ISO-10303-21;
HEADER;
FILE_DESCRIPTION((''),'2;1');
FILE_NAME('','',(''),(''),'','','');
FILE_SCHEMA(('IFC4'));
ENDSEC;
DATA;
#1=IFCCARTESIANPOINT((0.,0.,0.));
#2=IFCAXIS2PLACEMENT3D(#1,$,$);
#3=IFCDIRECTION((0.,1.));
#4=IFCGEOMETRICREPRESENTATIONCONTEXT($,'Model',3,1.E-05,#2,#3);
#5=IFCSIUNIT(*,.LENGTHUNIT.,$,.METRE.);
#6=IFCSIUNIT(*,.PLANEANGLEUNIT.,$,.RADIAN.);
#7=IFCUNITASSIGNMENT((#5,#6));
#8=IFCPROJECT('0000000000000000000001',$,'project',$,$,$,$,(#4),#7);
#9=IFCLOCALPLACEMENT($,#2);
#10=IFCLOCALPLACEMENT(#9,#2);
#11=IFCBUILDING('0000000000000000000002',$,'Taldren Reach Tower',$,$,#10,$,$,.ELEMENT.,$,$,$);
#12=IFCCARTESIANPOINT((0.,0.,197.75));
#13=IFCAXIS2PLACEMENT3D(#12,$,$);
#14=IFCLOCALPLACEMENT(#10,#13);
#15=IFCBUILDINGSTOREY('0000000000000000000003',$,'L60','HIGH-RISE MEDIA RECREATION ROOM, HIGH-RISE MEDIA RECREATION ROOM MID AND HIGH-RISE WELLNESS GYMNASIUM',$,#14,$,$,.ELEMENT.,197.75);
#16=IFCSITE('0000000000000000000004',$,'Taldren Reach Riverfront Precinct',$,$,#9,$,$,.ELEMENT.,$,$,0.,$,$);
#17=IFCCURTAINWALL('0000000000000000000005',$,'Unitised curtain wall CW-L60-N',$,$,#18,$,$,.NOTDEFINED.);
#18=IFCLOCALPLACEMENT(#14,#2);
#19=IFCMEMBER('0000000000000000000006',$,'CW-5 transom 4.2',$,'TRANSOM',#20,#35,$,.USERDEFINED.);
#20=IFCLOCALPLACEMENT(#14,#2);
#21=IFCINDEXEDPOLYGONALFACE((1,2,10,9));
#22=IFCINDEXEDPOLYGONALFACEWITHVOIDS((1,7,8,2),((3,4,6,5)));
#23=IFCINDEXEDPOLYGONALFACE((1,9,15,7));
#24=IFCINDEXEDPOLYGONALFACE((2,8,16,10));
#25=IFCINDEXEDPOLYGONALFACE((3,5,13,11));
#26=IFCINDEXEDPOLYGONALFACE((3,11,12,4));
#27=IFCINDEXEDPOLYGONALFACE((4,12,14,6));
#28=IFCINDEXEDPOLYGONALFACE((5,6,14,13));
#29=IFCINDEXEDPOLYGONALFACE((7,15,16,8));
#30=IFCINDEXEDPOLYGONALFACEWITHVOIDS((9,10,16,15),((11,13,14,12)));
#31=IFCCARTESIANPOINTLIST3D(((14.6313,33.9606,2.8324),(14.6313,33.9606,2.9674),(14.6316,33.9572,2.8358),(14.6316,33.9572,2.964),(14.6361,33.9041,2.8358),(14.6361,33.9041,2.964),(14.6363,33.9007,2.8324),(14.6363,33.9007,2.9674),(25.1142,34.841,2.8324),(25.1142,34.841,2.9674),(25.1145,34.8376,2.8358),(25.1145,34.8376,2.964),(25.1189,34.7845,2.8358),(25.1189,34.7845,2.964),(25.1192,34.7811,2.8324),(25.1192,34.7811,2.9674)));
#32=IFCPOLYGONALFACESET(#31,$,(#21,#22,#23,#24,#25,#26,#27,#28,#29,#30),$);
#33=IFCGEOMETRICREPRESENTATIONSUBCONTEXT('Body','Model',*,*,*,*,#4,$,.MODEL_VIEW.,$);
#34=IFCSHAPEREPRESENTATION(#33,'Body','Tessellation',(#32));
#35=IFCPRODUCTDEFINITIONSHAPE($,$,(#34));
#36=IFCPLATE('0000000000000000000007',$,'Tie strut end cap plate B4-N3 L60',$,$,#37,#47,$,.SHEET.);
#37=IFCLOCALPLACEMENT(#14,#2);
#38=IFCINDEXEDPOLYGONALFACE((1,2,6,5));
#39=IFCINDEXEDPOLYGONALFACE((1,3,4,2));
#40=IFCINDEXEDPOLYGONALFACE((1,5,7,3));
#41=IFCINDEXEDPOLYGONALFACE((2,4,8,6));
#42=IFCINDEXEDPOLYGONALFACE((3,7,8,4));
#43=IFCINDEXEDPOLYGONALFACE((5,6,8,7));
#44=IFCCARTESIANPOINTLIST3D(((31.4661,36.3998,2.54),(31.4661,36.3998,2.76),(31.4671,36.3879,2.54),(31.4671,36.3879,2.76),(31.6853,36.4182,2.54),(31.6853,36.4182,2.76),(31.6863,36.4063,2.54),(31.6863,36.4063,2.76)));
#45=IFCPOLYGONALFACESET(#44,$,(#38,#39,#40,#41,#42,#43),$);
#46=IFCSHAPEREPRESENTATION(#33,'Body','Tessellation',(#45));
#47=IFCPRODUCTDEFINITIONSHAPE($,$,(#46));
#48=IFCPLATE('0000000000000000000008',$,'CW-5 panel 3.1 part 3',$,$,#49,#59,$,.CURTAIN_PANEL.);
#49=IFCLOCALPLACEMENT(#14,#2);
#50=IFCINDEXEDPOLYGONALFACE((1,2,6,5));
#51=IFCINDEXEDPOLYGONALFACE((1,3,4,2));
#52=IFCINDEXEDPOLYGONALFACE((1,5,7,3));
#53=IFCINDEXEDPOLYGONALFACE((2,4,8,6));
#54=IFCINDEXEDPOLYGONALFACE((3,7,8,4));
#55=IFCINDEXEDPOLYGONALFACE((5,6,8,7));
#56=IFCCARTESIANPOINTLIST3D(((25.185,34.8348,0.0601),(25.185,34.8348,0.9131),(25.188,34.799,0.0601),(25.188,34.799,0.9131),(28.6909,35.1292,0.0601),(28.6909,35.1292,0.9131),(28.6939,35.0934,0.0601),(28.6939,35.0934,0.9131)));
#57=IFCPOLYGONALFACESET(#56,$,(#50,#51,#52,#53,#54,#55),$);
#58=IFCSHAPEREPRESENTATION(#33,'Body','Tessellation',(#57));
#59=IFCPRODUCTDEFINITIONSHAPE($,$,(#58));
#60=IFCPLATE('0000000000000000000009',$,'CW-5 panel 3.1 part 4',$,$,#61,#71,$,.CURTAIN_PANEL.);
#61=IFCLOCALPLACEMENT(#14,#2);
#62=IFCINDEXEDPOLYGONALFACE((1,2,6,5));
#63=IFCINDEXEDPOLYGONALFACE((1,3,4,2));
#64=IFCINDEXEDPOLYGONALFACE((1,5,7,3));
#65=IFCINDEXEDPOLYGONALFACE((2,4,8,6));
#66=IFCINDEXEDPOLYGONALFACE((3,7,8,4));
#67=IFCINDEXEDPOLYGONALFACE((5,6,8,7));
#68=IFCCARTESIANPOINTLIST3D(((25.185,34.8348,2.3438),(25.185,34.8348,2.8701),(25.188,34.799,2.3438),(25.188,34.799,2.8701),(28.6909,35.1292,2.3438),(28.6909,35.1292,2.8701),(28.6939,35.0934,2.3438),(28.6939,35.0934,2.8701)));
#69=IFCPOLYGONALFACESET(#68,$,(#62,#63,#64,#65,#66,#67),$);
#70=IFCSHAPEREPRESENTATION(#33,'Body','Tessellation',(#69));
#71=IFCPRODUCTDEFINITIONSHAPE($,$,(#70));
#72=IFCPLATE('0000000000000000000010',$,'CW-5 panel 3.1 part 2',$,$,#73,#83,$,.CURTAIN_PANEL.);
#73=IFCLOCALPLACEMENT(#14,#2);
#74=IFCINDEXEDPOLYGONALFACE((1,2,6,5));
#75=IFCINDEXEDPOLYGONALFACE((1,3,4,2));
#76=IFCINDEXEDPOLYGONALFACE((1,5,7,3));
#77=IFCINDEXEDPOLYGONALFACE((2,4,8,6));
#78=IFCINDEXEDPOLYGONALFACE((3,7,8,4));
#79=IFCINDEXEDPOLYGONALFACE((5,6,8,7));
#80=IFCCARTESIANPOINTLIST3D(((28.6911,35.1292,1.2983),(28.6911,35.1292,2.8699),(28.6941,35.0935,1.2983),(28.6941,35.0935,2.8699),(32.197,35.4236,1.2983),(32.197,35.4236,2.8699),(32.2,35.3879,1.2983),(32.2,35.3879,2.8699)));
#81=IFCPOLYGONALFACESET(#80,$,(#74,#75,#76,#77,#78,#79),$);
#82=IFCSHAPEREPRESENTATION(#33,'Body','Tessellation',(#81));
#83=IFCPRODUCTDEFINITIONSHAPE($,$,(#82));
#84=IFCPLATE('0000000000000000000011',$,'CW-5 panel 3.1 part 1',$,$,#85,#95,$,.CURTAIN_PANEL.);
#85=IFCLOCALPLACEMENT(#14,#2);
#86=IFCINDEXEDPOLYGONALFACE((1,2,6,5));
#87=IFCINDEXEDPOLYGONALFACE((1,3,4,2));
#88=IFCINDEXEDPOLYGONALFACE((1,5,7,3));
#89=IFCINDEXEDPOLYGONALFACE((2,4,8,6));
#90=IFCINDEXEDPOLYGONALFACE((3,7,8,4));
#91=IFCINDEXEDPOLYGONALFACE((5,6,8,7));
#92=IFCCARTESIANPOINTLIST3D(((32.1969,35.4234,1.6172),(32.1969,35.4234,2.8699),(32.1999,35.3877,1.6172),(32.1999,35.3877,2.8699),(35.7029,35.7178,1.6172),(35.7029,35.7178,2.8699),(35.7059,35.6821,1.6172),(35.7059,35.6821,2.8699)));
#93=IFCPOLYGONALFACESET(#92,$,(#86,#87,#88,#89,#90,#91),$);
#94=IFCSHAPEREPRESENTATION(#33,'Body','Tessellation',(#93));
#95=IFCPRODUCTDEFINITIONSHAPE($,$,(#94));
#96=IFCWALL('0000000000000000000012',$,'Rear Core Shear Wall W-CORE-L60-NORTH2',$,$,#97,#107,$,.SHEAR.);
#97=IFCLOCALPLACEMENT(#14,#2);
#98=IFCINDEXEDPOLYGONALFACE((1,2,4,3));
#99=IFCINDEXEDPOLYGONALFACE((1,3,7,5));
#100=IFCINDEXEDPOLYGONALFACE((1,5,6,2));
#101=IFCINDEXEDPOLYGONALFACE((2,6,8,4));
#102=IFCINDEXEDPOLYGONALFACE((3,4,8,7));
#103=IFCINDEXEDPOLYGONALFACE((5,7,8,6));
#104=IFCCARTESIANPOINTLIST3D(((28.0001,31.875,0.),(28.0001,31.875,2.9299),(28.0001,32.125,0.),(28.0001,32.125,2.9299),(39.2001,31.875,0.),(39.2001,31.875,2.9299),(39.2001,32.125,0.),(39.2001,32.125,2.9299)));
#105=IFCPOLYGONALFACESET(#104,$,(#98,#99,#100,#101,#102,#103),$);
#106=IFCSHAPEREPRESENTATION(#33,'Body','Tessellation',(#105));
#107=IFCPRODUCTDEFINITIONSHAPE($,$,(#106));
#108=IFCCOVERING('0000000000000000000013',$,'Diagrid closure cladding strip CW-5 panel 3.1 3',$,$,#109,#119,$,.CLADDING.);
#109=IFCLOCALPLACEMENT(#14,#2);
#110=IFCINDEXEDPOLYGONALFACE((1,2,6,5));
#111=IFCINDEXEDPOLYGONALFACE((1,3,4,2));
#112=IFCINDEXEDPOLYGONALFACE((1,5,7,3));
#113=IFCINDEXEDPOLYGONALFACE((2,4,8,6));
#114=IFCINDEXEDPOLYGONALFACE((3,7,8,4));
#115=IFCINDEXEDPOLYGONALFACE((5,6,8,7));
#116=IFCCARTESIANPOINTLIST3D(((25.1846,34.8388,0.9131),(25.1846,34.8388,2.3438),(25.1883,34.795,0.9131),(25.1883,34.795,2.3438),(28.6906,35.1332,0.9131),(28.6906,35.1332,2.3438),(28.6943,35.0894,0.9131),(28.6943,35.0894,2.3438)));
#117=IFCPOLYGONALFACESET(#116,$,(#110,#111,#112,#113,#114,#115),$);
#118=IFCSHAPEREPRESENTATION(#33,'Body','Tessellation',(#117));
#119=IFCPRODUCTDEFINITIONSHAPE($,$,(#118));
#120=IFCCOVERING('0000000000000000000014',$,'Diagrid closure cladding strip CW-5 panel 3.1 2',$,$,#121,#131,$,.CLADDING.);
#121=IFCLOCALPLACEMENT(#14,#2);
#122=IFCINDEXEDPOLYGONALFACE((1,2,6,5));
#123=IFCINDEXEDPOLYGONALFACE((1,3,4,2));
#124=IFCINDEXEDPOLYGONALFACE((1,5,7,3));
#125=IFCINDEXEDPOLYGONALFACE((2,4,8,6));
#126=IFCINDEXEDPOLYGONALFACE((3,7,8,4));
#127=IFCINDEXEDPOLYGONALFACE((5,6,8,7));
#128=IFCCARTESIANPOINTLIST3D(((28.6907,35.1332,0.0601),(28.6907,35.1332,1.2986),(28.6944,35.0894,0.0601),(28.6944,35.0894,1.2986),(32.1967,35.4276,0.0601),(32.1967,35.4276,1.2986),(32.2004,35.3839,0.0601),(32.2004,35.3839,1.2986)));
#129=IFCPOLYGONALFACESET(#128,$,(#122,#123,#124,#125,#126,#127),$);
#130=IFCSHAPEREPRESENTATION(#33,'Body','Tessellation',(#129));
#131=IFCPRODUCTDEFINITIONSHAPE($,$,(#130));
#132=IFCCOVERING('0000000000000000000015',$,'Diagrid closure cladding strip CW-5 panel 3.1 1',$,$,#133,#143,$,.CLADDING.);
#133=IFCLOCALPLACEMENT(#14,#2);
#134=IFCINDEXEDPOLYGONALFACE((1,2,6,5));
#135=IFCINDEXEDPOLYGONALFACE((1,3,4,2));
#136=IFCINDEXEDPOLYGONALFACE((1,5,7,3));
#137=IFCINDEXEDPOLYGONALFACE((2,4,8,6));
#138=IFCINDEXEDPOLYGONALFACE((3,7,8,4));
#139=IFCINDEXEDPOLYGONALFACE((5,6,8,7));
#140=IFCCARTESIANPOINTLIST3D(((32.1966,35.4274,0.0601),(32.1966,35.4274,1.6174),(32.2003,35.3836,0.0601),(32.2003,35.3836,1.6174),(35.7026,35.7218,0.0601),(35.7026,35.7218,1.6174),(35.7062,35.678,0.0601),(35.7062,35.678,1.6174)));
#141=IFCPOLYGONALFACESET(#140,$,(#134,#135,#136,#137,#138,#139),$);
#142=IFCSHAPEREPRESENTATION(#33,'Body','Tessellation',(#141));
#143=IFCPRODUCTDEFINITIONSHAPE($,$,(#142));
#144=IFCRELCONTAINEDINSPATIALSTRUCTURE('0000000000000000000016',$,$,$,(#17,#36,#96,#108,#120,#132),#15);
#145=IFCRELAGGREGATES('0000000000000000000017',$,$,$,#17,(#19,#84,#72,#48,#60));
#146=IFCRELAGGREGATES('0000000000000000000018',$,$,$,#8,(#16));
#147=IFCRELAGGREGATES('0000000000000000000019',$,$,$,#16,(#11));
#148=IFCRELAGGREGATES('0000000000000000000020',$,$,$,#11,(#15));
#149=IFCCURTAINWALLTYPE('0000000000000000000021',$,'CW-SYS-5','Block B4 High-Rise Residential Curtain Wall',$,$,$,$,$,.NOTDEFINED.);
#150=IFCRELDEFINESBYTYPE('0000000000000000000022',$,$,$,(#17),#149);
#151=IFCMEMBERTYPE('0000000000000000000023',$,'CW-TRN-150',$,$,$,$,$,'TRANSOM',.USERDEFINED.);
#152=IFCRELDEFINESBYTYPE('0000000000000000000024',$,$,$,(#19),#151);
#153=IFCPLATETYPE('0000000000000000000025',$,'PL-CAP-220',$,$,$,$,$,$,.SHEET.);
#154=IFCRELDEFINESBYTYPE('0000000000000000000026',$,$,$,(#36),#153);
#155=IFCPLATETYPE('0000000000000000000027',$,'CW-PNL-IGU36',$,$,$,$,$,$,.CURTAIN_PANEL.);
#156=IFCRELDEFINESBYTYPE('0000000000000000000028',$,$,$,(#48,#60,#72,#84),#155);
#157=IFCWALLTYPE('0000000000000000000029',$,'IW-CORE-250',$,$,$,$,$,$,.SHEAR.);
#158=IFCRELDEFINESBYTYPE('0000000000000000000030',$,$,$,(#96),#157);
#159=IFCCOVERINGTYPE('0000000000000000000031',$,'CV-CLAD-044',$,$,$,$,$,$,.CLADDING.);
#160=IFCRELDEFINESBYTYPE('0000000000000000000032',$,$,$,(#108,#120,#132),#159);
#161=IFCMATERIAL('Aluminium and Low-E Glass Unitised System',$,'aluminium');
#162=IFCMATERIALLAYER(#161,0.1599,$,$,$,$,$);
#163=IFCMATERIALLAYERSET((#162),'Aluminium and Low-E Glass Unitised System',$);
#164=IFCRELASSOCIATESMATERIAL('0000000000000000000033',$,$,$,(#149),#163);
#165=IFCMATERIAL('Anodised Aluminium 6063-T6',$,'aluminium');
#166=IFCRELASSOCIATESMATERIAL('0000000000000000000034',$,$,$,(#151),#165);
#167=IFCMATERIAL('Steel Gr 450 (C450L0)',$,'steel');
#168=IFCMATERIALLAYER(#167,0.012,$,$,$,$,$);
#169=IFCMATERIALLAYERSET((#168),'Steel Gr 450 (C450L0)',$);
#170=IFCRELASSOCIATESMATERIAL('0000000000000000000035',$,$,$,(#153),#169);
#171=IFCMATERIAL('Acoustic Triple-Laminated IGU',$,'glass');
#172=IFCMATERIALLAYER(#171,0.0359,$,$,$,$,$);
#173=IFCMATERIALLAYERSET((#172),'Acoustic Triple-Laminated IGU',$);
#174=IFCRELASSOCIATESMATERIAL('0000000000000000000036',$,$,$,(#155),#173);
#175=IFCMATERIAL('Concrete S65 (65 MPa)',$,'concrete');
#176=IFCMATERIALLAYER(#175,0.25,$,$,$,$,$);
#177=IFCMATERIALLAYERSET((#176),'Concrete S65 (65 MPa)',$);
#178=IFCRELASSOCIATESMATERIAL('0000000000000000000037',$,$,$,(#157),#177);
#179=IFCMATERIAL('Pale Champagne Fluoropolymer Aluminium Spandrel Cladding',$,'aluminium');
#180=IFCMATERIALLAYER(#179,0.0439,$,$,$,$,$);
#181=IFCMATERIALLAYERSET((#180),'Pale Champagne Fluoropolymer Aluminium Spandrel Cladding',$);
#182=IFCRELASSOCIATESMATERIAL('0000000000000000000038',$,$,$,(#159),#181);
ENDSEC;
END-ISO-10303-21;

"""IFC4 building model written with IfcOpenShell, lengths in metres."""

from ifc_helpers import new_model, si_unit, direction, frame, frame_2d, origin, origin_2d, place, context, subcontext, project, spatial, rectangle, hollow_rectangle, extrude, source, transform, mapped, material, layer, layer_set, material_profile, profile_set, type_object, element, aggregate, save


model = new_model("IFC4")

# Units and contexts
model_context = context("Model", 3, precision=1e-05, world=origin(), true_north=direction((0.0, 1.0)))
body_context = subcontext(model_context, "Body", "Model", "MODEL_VIEW")
ifc_project = project(units=[si_unit("LENGTHUNIT", "METRE"), si_unit("PLANEANGLEUNIT", "RADIAN")], contexts=[model_context])

# Site, building, storey
site_placement = place(None, origin())
site = spatial("IfcSite", under=ifc_project, at=site_placement, Name="Taldren Reach Riverfront Precinct", CompositionType="ELEMENT", RefElevation=0.0)
building_placement = place(site_placement, origin())
building = spatial("IfcBuilding", under=site, at=building_placement, Name="Taldren Reach Tower", CompositionType="ELEMENT")
storey_placement = place(building_placement, frame((0.0, 0.0, 197.75)))
storey = spatial("IfcBuildingStorey", under=building, at=storey_placement, Name="L60", Description="HIGH-RISE MEDIA RECREATION ROOM, HIGH-RISE MEDIA RECREATION ROOM MID AND HIGH-RISE WELLNESS GYMNASIUM", CompositionType="ELEMENT", Elevation=197.75)

# Shared definitions
ifc_material_1 = material(Name="Steel Gr 450 (C450L0)", Category="steel")

# Curtain wall, member
ifc_material_2 = material(Name="Aluminium and Low-E Glass Unitised System", Category="aluminium")
ifc_layer_1 = layer(ifc_material_2, 0.1599)
ifc_layer_set_1 = layer_set([ifc_layer_1], Name="Aluminium and Low-E Glass Unitised System")
curtain_wall_type = type_object("IfcCurtainWallType", Name="CW-SYS-5", Description="Block B4 High-Rise Residential Curtain Wall", PredefinedType="NOTDEFINED", material=ifc_layer_set_1)
curtain_wall_placement = place(storey_placement, origin())
curtain_wall = element("IfcCurtainWall", 1, at=curtain_wall_placement, inside=storey, type_object=curtain_wall_type, Name="Unitised curtain wall CW-L60-N", PredefinedType="NOTDEFINED")
ifc_material_3 = material(Name="Anodised Aluminium 6063-T6", Category="aluminium")
ifc_material_profile_1 = material_profile(ifc_material_3, hollow_rectangle(XDim=0.0601, YDim=0.135, WallThickness=0.0034, at=origin_2d()), Name="ALU-135x60x3.5RHS")
ifc_profile_set_1 = profile_set([ifc_material_profile_1], Name="Anodised Aluminium 6063-T6")
member_type_1 = type_object("IfcMemberType", Name="CW-TRN-150", ElementType="TRANSOM", PredefinedType="USERDEFINED", material=ifc_profile_set_1)
shared_shape_1 = source(origin(), body_context, "Body", "SweptSolid", [
    extrude(hollow_rectangle(XDim=0.0601, YDim=0.135, WallThickness=0.0034, at=origin_2d()), origin(), (0.0, 0.0, 1.0), 10.5198),
])
member_1_placement = place(storey_placement, frame((25.1167, 34.811, 2.8999), z_axis=(-0.996492, -0.083687, 0.0), x_axis=(0.083687, -0.996492, 0.0)))
member_1 = element("IfcMember", 2, at=member_1_placement, type_object=member_type_1, Name="CW-5 transom 4.2", ObjectType="TRANSOM", PredefinedType="USERDEFINED", context=body_context, shape_type="MappedRepresentation", body=[
    mapped(shared_shape_1, transform((0.0, 0.0, 0.0), scale=1.0)),
])

# Plates
ifc_layer_2 = layer(ifc_material_1, 0.012)
ifc_layer_set_2 = layer_set([ifc_layer_2], Name="Steel Gr 450 (C450L0)")
plate_type_1 = type_object("IfcPlateType", Name="PL-CAP-220", PredefinedType="SHEET", material=ifc_layer_set_2)
shared_shape_2 = source(origin(), body_context, "Body", "SweptSolid", [
    extrude(rectangle(XDim=0.22, YDim=0.012, at=origin_2d()), origin(), (0.0, 0.0, 1.0), 0.22),
])
plate_1_placement = place(storey_placement, frame((31.5762, 36.4031, 2.54), z_axis=(0.0, 0.0, 1.0), x_axis=(0.996493, 0.083678, 0.0)))
element("IfcPlate", 3, at=plate_1_placement, inside=storey, type_object=plate_type_1, Name="Tie strut end cap plate B4-N3 L60", PredefinedType="SHEET", context=body_context, shape_type="MappedRepresentation", body=[
    mapped(shared_shape_2, transform((0.0, 0.0, 0.0), scale=1.0)),
])
ifc_material_4 = material(Name="Acoustic Triple-Laminated IGU", Category="glass")
ifc_layer_3 = layer(ifc_material_4, 0.0359)
ifc_layer_set_3 = layer_set([ifc_layer_3], Name="Acoustic Triple-Laminated IGU")
plate_type_2 = type_object("IfcPlateType", Name="CW-PNL-IGU36", PredefinedType="CURTAIN_PANEL", material=ifc_layer_set_3)
shared_shape_3 = source(origin(), body_context, "Body", "SweptSolid", [
    extrude(rectangle(XDim=3.5183, YDim=0.0359, at=origin_2d()), origin(), (0.0, 0.0, 1.0), 0.853),
])
plate_2_placement = place(storey_placement, frame((26.9395, 34.9641, 0.0601), z_axis=(0.0, 0.0, 1.0), x_axis=(-0.996493, -0.083678, 0.0)))
plate_2 = element("IfcPlate", 4, at=plate_2_placement, type_object=plate_type_2, Name="CW-5 panel 3.1 part 3", PredefinedType="CURTAIN_PANEL", context=body_context, shape_type="MappedRepresentation", body=[
    mapped(shared_shape_3, transform((0.0, 0.0, 0.0), scale=1.0)),
])
shared_shape_4 = source(origin(), body_context, "Body", "SweptSolid", [
    extrude(rectangle(XDim=3.5183, YDim=0.0359, at=origin_2d()), origin(), (0.0, 0.0, 1.0), 0.5264),
])
plate_3_placement = place(storey_placement, frame((26.9395, 34.9641, 2.3438), z_axis=(0.0, 0.0, 1.0), x_axis=(-0.996493, -0.083678, 0.0)))
plate_3 = element("IfcPlate", 5, at=plate_3_placement, type_object=plate_type_2, Name="CW-5 panel 3.1 part 4", PredefinedType="CURTAIN_PANEL", context=body_context, shape_type="MappedRepresentation", body=[
    mapped(shared_shape_4, transform((0.0, 0.0, 0.0), scale=1.0)),
])
shared_shape_5 = source(origin(), body_context, "Body", "SweptSolid", [
    extrude(rectangle(XDim=3.5183, YDim=0.0359, at=origin_2d()), origin(), (0.0, 0.0, 1.0), 1.5715),
])
plate_4_placement = place(storey_placement, frame((30.4456, 35.2585, 1.2983), z_axis=(0.0, 0.0, 1.0), x_axis=(-0.996493, -0.083678, 0.0)))
plate_4 = element("IfcPlate", 6, at=plate_4_placement, type_object=plate_type_2, Name="CW-5 panel 3.1 part 2", PredefinedType="CURTAIN_PANEL", context=body_context, shape_type="MappedRepresentation", body=[
    mapped(shared_shape_5, transform((0.0, 0.0, 0.0), scale=1.0)),
])
shared_shape_6 = source(origin(), body_context, "Body", "SweptSolid", [
    extrude(rectangle(XDim=3.5183, YDim=0.0359, at=origin_2d()), origin(), (0.0, 0.0, 1.0), 1.2527),
])
plate_5_placement = place(storey_placement, frame((33.9514, 35.5527, 1.6172), z_axis=(0.0, 0.0, 1.0), x_axis=(-0.996493, -0.083678, 0.0)))
plate_5 = element("IfcPlate", 7, at=plate_5_placement, type_object=plate_type_2, Name="CW-5 panel 3.1 part 1", PredefinedType="CURTAIN_PANEL", context=body_context, shape_type="MappedRepresentation", body=[
    mapped(shared_shape_6, transform((0.0, 0.0, 0.0), scale=1.0)),
])
aggregate(curtain_wall, [member_1, plate_5, plate_4, plate_2, plate_3])

# Wall
ifc_material_5 = material(Name="Concrete S65 (65 MPa)", Category="concrete")
ifc_layer_4 = layer(ifc_material_5, 0.25)
ifc_layer_set_4 = layer_set([ifc_layer_4], Name="Concrete S65 (65 MPa)")
wall_type = type_object("IfcWallType", Name="IW-CORE-250", PredefinedType="SHEAR", material=ifc_layer_set_4)
shared_shape_7 = source(origin(), body_context, "Body", "SweptSolid", [
    extrude(rectangle(XDim=11.2, YDim=0.25, at=frame_2d((5.6001, 0.0))), origin(), (0.0, 0.0, 1.0), 2.9299),
])
wall_placement = place(storey_placement, frame((28.0, 32.0, 0.0), z_axis=(0.0, 0.0, 1.0), x_axis=(1.0, 0.0, 0.0)))
element("IfcWall", 8, at=wall_placement, inside=storey, type_object=wall_type, Name="Rear Core Shear Wall W-CORE-L60-NORTH2", PredefinedType="SHEAR", context=body_context, shape_type="MappedRepresentation", body=[
    mapped(shared_shape_7, transform((0.0, 0.0, 0.0), scale=1.0)),
])

# Coverings
ifc_material_6 = material(Name="Pale Champagne Fluoropolymer Aluminium Spandrel Cladding", Category="aluminium")
ifc_layer_5 = layer(ifc_material_6, 0.0439)
ifc_layer_set_5 = layer_set([ifc_layer_5], Name="Pale Champagne Fluoropolymer Aluminium Spandrel Cladding")
covering_type = type_object("IfcCoveringType", Name="CV-CLAD-044", PredefinedType="CLADDING", material=ifc_layer_set_5)
shared_shape_8 = source(origin(), body_context, "Body", "SweptSolid", [
    extrude(rectangle(XDim=3.5183, YDim=0.0439, at=origin_2d()), origin(), (0.0, 0.0, 1.0), 1.4307),
])
covering_1_placement = place(storey_placement, frame((26.9395, 34.9641, 0.9131), z_axis=(0.0, 0.0, 1.0), x_axis=(-0.996493, -0.083678, 0.0)))
element("IfcCovering", 9, at=covering_1_placement, inside=storey, type_object=covering_type, Name="Diagrid closure cladding strip CW-5 panel 3.1 3", PredefinedType="CLADDING", context=body_context, shape_type="MappedRepresentation", body=[
    mapped(shared_shape_8, transform((0.0, 0.0, 0.0), scale=1.0)),
])
shared_shape_9 = source(origin(), body_context, "Body", "SweptSolid", [
    extrude(rectangle(XDim=3.5183, YDim=0.0439, at=origin_2d()), origin(), (0.0, 0.0, 1.0), 1.2385),
])
covering_2_placement = place(storey_placement, frame((30.4456, 35.2585, 0.0601), z_axis=(0.0, 0.0, 1.0), x_axis=(-0.996493, -0.083678, 0.0)))
element("IfcCovering", 10, at=covering_2_placement, inside=storey, type_object=covering_type, Name="Diagrid closure cladding strip CW-5 panel 3.1 2", PredefinedType="CLADDING", context=body_context, shape_type="MappedRepresentation", body=[
    mapped(shared_shape_9, transform((0.0, 0.0, 0.0), scale=1.0)),
])
shared_shape_10 = source(origin(), body_context, "Body", "SweptSolid", [
    extrude(rectangle(XDim=3.5183, YDim=0.0439, at=origin_2d()), origin(), (0.0, 0.0, 1.0), 1.5574),
])
covering_3_placement = place(storey_placement, frame((33.9514, 35.5527, 0.0601), z_axis=(0.0, 0.0, 1.0), x_axis=(-0.996493, -0.083678, 0.0)))
element("IfcCovering", 11, at=covering_3_placement, inside=storey, type_object=covering_type, Name="Diagrid closure cladding strip CW-5 panel 3.1 1", PredefinedType="CLADDING", context=body_context, shape_type="MappedRepresentation", body=[
    mapped(shared_shape_10, transform((0.0, 0.0, 0.0), scale=1.0)),
])

save(model, "model.ifc")
